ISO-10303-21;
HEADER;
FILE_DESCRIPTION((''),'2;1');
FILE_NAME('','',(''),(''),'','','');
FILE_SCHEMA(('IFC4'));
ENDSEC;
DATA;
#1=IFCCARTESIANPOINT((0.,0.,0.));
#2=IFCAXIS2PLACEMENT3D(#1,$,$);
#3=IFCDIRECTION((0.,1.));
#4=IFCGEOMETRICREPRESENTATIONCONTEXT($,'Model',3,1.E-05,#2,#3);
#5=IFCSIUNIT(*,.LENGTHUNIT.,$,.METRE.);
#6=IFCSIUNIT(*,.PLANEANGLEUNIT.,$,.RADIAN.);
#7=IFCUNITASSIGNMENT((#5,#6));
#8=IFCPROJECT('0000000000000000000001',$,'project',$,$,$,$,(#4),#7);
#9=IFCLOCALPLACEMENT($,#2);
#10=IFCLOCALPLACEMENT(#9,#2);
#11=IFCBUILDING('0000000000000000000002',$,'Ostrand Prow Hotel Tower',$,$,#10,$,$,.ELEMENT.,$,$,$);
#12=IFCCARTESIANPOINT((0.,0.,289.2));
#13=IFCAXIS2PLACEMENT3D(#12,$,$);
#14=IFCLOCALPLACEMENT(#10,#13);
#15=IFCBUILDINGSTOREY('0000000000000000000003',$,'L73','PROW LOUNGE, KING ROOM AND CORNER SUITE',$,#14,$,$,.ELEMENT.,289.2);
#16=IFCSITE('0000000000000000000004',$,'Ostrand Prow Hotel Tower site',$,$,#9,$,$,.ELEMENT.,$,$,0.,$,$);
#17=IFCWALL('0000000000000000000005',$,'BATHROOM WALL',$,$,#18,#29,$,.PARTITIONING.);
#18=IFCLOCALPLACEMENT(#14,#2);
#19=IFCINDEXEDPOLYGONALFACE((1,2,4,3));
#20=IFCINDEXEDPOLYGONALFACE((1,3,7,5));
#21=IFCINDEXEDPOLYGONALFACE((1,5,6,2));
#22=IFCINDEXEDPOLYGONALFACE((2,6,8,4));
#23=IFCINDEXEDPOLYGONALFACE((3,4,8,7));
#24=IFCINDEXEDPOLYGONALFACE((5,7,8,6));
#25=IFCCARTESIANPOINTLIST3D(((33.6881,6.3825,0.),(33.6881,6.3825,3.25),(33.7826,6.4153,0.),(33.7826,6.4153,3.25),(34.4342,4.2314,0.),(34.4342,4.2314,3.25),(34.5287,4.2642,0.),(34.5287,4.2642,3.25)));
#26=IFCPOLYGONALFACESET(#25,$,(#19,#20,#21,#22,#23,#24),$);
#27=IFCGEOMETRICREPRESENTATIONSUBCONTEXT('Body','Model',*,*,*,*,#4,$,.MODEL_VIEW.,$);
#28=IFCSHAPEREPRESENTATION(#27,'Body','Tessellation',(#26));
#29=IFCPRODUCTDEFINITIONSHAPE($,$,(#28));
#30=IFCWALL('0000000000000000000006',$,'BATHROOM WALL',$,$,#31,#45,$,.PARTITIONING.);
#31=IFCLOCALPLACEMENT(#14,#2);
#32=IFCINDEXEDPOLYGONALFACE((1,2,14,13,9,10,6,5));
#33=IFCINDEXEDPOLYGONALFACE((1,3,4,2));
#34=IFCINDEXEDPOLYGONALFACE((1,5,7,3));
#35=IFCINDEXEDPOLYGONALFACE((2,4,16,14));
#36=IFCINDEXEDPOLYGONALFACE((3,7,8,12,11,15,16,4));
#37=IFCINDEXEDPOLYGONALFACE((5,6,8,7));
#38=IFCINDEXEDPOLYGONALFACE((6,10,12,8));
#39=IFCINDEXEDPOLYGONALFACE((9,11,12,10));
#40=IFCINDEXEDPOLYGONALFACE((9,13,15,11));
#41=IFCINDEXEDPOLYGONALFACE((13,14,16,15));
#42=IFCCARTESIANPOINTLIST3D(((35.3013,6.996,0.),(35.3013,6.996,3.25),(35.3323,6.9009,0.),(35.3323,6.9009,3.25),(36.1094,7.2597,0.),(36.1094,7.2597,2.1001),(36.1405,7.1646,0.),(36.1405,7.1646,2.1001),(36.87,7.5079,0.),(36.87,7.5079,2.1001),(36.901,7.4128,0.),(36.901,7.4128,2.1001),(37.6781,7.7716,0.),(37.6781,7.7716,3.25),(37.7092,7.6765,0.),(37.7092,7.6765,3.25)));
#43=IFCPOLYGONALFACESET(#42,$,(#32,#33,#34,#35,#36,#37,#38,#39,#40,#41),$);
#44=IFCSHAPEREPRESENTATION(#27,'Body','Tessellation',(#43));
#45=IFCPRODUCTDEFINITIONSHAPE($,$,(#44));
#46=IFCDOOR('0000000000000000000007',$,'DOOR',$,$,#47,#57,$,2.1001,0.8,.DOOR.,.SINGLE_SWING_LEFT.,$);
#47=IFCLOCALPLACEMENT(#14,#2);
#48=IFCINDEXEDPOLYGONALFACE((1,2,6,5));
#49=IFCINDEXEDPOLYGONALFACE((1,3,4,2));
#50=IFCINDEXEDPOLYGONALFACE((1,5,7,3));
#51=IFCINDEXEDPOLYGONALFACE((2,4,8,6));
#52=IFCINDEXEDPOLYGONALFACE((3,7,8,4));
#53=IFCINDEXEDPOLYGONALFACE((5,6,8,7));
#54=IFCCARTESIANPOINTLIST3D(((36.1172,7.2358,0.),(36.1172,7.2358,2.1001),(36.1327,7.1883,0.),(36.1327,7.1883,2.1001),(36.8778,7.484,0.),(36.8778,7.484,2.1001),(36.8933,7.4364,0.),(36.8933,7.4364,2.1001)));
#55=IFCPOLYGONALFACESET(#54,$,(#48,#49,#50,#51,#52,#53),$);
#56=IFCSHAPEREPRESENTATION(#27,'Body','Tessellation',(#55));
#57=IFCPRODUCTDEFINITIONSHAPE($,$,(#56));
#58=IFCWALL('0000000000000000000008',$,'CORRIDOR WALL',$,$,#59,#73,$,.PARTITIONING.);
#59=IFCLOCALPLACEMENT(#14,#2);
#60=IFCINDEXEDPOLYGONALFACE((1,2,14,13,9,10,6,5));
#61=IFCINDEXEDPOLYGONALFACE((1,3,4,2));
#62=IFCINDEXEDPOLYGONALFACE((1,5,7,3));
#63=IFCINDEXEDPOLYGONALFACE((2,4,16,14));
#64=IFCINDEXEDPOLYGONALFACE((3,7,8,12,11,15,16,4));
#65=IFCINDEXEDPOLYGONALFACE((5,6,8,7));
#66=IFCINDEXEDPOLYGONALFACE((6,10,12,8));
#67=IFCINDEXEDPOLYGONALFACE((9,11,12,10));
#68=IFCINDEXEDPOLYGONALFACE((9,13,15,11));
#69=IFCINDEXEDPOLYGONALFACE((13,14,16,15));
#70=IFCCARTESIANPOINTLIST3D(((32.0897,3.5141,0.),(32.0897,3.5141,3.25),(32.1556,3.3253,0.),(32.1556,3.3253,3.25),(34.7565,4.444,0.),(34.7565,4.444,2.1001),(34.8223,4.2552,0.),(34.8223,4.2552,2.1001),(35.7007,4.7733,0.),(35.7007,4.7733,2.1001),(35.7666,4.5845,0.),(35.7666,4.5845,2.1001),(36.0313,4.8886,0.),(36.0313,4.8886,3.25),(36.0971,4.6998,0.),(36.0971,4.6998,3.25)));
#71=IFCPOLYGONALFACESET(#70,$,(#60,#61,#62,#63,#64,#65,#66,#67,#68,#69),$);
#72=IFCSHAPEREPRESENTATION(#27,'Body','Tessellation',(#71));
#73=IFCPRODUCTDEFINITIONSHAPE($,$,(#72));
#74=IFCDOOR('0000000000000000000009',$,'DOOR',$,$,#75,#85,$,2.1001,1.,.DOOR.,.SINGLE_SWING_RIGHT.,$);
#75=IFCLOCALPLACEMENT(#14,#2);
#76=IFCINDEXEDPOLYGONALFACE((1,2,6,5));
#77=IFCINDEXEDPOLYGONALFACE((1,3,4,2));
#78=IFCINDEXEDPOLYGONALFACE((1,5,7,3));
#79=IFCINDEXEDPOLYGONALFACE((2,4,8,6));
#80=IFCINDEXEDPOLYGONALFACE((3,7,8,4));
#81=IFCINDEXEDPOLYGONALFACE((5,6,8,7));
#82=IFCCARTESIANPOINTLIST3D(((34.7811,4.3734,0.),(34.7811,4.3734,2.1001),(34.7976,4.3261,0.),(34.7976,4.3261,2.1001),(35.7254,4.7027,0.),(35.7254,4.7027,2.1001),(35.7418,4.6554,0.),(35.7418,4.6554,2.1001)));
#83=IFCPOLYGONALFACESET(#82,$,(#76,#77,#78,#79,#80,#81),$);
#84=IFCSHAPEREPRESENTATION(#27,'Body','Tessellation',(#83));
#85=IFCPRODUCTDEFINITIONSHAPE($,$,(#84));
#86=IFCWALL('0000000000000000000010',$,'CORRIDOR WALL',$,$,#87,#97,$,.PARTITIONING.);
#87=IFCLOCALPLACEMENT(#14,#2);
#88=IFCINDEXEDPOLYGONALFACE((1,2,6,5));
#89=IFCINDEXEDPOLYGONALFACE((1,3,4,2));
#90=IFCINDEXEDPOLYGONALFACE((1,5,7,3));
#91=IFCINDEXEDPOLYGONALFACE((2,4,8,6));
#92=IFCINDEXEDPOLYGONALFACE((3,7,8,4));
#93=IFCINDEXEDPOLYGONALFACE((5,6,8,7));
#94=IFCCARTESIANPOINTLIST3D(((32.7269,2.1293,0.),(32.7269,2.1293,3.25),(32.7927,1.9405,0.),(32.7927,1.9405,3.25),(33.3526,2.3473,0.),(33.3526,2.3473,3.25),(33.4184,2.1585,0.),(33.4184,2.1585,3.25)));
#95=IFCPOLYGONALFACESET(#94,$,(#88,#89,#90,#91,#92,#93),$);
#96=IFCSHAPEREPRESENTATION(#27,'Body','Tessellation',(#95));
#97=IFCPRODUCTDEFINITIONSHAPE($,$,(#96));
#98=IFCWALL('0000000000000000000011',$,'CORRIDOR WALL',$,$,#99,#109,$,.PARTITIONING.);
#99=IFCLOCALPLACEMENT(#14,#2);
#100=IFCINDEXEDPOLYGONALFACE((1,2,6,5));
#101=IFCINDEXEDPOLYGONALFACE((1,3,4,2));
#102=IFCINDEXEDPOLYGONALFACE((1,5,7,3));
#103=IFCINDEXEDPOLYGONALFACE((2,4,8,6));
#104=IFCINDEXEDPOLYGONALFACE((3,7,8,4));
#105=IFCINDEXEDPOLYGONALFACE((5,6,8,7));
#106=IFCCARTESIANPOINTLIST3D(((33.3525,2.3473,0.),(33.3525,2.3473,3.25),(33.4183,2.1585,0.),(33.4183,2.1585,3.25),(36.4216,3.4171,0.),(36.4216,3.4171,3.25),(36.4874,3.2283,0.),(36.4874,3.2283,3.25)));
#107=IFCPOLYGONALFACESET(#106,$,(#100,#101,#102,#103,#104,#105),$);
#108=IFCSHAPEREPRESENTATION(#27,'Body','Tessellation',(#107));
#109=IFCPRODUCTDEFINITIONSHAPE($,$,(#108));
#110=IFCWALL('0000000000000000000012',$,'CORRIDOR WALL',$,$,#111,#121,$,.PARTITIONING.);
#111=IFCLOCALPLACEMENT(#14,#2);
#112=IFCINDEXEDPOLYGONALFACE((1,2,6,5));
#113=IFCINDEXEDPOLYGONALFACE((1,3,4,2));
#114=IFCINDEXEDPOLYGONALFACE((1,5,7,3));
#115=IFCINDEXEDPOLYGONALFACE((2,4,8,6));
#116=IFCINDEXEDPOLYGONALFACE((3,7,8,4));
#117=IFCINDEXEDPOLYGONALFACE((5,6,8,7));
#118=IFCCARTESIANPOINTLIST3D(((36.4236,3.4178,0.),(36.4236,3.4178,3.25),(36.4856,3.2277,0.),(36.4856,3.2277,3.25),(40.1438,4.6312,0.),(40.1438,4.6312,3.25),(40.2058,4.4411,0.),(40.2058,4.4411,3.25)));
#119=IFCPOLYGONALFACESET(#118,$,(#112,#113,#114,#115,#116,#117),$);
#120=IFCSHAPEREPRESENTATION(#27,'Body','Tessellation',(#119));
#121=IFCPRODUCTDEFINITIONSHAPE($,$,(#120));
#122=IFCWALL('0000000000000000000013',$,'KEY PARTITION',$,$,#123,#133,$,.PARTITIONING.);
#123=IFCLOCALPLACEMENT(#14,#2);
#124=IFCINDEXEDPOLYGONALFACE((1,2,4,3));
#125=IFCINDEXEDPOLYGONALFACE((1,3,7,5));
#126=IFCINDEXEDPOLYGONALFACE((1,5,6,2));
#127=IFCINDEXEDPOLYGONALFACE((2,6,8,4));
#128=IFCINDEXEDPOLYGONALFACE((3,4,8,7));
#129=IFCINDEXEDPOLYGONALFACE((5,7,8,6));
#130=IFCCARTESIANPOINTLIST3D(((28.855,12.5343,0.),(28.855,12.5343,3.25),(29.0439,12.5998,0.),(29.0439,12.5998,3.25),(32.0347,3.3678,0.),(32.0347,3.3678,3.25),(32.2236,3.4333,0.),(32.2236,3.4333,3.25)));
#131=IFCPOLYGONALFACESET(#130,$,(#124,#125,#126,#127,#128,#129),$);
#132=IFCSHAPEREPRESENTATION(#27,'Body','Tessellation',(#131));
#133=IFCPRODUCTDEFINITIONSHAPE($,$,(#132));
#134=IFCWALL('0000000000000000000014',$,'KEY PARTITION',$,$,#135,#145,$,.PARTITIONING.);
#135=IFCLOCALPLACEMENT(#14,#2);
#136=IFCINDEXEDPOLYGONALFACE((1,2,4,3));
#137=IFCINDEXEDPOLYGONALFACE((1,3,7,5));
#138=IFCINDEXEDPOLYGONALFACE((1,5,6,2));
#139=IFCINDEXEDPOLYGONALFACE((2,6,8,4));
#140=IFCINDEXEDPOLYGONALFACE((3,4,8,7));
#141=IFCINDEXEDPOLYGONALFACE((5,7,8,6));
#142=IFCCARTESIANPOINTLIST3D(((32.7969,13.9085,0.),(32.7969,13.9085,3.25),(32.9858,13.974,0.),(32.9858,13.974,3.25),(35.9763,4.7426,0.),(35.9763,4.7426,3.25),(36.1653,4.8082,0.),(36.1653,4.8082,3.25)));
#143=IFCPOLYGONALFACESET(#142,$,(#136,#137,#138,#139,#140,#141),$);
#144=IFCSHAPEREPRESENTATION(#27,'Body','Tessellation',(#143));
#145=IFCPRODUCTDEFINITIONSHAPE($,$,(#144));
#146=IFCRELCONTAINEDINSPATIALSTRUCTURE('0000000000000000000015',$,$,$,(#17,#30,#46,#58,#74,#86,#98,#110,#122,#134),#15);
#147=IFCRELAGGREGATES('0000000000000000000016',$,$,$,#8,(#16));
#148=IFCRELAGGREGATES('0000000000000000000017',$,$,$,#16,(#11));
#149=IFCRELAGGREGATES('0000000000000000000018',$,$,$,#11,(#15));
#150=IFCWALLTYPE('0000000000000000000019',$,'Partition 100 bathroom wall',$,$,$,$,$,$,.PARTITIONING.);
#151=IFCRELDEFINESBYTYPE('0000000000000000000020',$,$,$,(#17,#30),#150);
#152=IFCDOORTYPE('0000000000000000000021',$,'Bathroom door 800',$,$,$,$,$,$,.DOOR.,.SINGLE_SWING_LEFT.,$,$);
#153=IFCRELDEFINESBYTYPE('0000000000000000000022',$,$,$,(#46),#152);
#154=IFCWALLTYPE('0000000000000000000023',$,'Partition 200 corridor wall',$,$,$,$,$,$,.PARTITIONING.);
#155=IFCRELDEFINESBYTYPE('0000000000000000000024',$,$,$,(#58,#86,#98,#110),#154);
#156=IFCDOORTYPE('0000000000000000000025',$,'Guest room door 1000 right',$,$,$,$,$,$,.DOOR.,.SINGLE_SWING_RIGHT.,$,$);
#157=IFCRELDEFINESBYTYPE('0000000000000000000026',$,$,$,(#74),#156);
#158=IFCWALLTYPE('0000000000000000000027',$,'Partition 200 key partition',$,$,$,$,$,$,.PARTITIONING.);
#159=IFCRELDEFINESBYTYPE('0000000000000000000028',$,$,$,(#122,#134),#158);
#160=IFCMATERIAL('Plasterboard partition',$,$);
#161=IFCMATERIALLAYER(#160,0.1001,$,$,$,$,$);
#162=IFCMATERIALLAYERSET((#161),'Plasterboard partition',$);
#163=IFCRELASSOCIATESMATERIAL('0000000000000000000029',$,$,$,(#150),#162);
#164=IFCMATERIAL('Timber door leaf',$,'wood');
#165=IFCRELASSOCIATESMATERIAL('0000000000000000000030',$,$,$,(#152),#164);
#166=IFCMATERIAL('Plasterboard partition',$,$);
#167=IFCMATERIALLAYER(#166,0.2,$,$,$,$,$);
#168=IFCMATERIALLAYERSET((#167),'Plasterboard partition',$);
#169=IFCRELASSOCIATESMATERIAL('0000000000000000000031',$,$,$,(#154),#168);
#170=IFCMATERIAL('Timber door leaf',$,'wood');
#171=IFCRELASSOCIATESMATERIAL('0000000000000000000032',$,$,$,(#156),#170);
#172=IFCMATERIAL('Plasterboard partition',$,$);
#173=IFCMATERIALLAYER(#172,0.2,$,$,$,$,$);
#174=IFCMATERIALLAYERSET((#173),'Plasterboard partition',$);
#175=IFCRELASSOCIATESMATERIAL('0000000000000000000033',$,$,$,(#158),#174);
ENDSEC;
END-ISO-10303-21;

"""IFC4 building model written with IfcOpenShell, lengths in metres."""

from ifc_helpers import new_model, si_unit, direction, frame, frame_2d, origin, place, context, subcontext, project, spatial, rectangle, extrude, material, layer, layer_set, type_object, element, fill, save


model = new_model("IFC4")

# Units and contexts
model_context = context("Model", 3, precision=1e-05, world=origin(), true_north=direction((0.0, 1.0)))
body_context = subcontext(model_context, "Body", "Model", "MODEL_VIEW")
ifc_project = project(units=[si_unit("LENGTHUNIT", "METRE"), si_unit("PLANEANGLEUNIT", "RADIAN")], contexts=[model_context])

# Site, building, storey
site_placement = place(None, origin())
site = spatial("IfcSite", under=ifc_project, at=site_placement, Name="Ostrand Prow Hotel Tower site", CompositionType="ELEMENT", RefElevation=0.0)
building_placement = place(site_placement, origin())
building = spatial("IfcBuilding", under=site, at=building_placement, Name="Ostrand Prow Hotel Tower", CompositionType="ELEMENT")
storey_placement = place(building_placement, frame((0.0, 0.0, 289.2)))
storey = spatial("IfcBuildingStorey", under=building, at=storey_placement, Name="L73", Description="PROW LOUNGE, KING ROOM AND CORNER SUITE", CompositionType="ELEMENT", Elevation=289.2)

# Shared definitions
ifc_material_1 = material(Name="Plasterboard partition")
ifc_layer_1 = layer(ifc_material_1, 0.1001)
ifc_layer_set_1 = layer_set([ifc_layer_1], Name="Plasterboard partition")
wall_type_1 = type_object("IfcWallType", Name="Partition 100 bathroom wall", PredefinedType="PARTITIONING", material=ifc_layer_set_1)
ifc_material_2 = material(Name="Timber door leaf", Category="wood")
door_type_1 = type_object("IfcDoorType", Name="Bathroom door 800", OperationType="SINGLE_SWING_LEFT", PredefinedType="DOOR", material=ifc_material_2)

# Wall
wall_1_placement = place(storey_placement, frame((33.7354, 6.3989, 0.0), z_axis=(0.0, 0.0, 1.0), x_axis=(0.327689, -0.944786, 0.0)))
element("IfcWall", 1, at=wall_1_placement, inside=storey, type_object=wall_type_1, Name="BATHROOM WALL", PredefinedType="PARTITIONING", context=body_context, shape_type="SweptSolid", body=[
    extrude(rectangle(XDim=2.2769, YDim=0.1001, at=frame_2d((1.1384, 0.0))), origin(), (0.0, 0.0, 1.0), 3.25),
])

# Walls, openings, doors
wall_2_placement = place(storey_placement, frame((35.3169, 6.9485, 0.0), z_axis=(0.0, 0.0, 1.0), x_axis=(0.950666, 0.310216, 0.0)))
wall_2 = element("IfcWall", 2, at=wall_2_placement, inside=storey, type_object=wall_type_1, Name="BATHROOM WALL", PredefinedType="PARTITIONING", context=body_context, shape_type="SweptSolid", body=[
    extrude(rectangle(XDim=2.5002, YDim=0.1001, at=frame_2d((1.25, 0.0))), origin(), (0.0, 0.0, 1.0), 3.25),
])
opening_1_placement = place(wall_2_placement, frame((0.8501, 0.0, 0.0)))
opening_1 = element("IfcOpeningElement", 3, at=opening_1_placement, cuts=wall_2, PredefinedType="OPENING", context=body_context, shape_type="SweptSolid", body=[
    extrude(rectangle(XDim=0.8, YDim=2.1001, at=frame_2d((0.3999, 1.05))), frame((0.0, 0.0601, 0.0), z_axis=(0.0, -1.0, 0.0), x_axis=(1.0, 0.0, 0.0)), (0.0, 0.0, 1.0), 0.1201),
])
door_1_placement = place(opening_1_placement, origin())
door_1 = element("IfcDoor", 4, at=door_1_placement, inside=storey, type_object=door_type_1, Name="DOOR", OperationType="SINGLE_SWING_LEFT", OverallHeight=2.1001, OverallWidth=0.8, PredefinedType="DOOR", context=body_context, shape_type="SweptSolid", body=[
    extrude(rectangle(XDim=0.8, YDim=2.1001, at=frame_2d((0.3999, 1.05))), frame((0.0, 0.0249, 0.0), z_axis=(0.0, -1.0, 0.0), x_axis=(1.0, 0.0, 0.0)), (0.0, 0.0, 1.0), 0.05),
])
fill(opening_1, door_1)
ifc_material_3 = material(Name="Plasterboard partition")
ifc_layer_2 = layer(ifc_material_3, 0.2)
ifc_layer_set_2 = layer_set([ifc_layer_2], Name="Plasterboard partition")
wall_type_2 = type_object("IfcWallType", Name="Partition 200 corridor wall", PredefinedType="PARTITIONING", material=ifc_layer_set_2)
wall_3_placement = place(storey_placement, frame((36.0642, 4.7942, 0.0), z_axis=(0.0, 0.0, 1.0), x_axis=(-0.944236, -0.329269, 0.0)))
wall_3 = element("IfcWall", 5, at=wall_3_placement, inside=storey, type_object=wall_type_2, Name="CORRIDOR WALL", PredefinedType="PARTITIONING", context=body_context, shape_type="SweptSolid", body=[
    extrude(rectangle(XDim=4.1743, YDim=0.2, at=frame_2d((2.0872, 0.0))), origin(), (0.0, 0.0, 1.0), 3.25),
])
opening_2_placement = place(wall_3_placement, frame((0.3501, 0.0, 0.0)))
opening_2 = element("IfcOpeningElement", 6, at=opening_2_placement, cuts=wall_3, PredefinedType="OPENING", context=body_context, shape_type="SweptSolid", body=[
    extrude(rectangle(XDim=1.0, YDim=2.1001, at=frame_2d((0.5, 1.05))), frame((0.0, 0.1099, 0.0), z_axis=(0.0, -1.0, 0.0), x_axis=(1.0, 0.0, 0.0)), (0.0, 0.0, 1.0), 0.22),
])
ifc_material_4 = material(Name="Timber door leaf", Category="wood")
door_type_2 = type_object("IfcDoorType", Name="Guest room door 1000 right", OperationType="SINGLE_SWING_RIGHT", PredefinedType="DOOR", material=ifc_material_4)
door_2_placement = place(opening_2_placement, origin())
door_2 = element("IfcDoor", 7, at=door_2_placement, inside=storey, type_object=door_type_2, Name="DOOR", OperationType="SINGLE_SWING_RIGHT", OverallHeight=2.1001, OverallWidth=1.0, PredefinedType="DOOR", context=body_context, shape_type="SweptSolid", body=[
    extrude(rectangle(XDim=1.0, YDim=2.1001, at=frame_2d((0.5, 1.05))), frame((0.0, 0.0249, 0.0), z_axis=(0.0, -1.0, 0.0), x_axis=(1.0, 0.0, 0.0)), (0.0, 0.0, 1.0), 0.05),
])
fill(opening_2, door_2)

# Walls
wall_4_placement = place(storey_placement, frame((32.7598, 2.0349, 0.0), z_axis=(0.0, 0.0, 1.0), x_axis=(0.944323, 0.329021, 0.0)))
element("IfcWall", 8, at=wall_4_placement, inside=storey, type_object=wall_type_2, Name="CORRIDOR WALL", PredefinedType="PARTITIONING", context=body_context, shape_type="SweptSolid", body=[
    extrude(rectangle(XDim=0.6626, YDim=0.2, at=frame_2d((0.3313, 0.0))), origin(), (0.0, 0.0, 1.0), 3.25),
])
wall_5_placement = place(storey_placement, frame((33.3855, 2.2529, 0.0), z_axis=(0.0, 0.0, 1.0), x_axis=(0.944276, 0.329156, 0.0)))
element("IfcWall", 9, at=wall_5_placement, inside=storey, type_object=wall_type_2, Name="CORRIDOR WALL", PredefinedType="PARTITIONING", context=body_context, shape_type="SweptSolid", body=[
    extrude(rectangle(XDim=3.2502, YDim=0.2, at=frame_2d((1.625, 0.0))), origin(), (0.0, 0.0, 1.0), 3.25),
])
wall_6_placement = place(storey_placement, frame((36.4546, 3.3228, 0.0), z_axis=(0.0, 0.0, 1.0), x_axis=(0.95071, 0.310082, 0.0)))
element("IfcWall", 10, at=wall_6_placement, inside=storey, type_object=wall_type_2, Name="CORRIDOR WALL", PredefinedType="PARTITIONING", context=body_context, shape_type="SweptSolid", body=[
    extrude(rectangle(XDim=3.9131, YDim=0.2, at=frame_2d((1.9565, 0.0))), origin(), (0.0, 0.0, 1.0), 3.25),
])
ifc_material_5 = material(Name="Plasterboard partition")
ifc_layer_3 = layer(ifc_material_5, 0.2)
ifc_layer_set_3 = layer_set([ifc_layer_3], Name="Plasterboard partition")
wall_type_3 = type_object("IfcWallType", Name="Partition 200 key partition", PredefinedType="PARTITIONING", material=ifc_layer_set_3)
wall_7_placement = place(storey_placement, frame((32.1292, 3.4006, 0.0), z_axis=(0.0, 0.0, 1.0), x_axis=(-0.327724, 0.944773, 0.0)))
element("IfcWall", 11, at=wall_7_placement, inside=storey, type_object=wall_type_3, Name="KEY PARTITION", PredefinedType="PARTITIONING", context=body_context, shape_type="SweptSolid", body=[
    extrude(rectangle(XDim=9.7024, YDim=0.2, at=frame_2d((4.8511, 0.0))), origin(), (0.0, 0.0, 1.0), 3.25),
])
wall_8_placement = place(storey_placement, frame((36.0708, 4.7754, 0.0), z_axis=(0.0, 0.0, 1.0), x_axis=(-0.327725, 0.944773, 0.0)))
element("IfcWall", 12, at=wall_8_placement, inside=storey, type_object=wall_type_3, Name="KEY PARTITION", PredefinedType="PARTITIONING", context=body_context, shape_type="SweptSolid", body=[
    extrude(rectangle(XDim=9.7017, YDim=0.2, at=frame_2d((4.8508, 0.0))), origin(), (0.0, 0.0, 1.0), 3.25),
])

save(model, "model.ifc")
